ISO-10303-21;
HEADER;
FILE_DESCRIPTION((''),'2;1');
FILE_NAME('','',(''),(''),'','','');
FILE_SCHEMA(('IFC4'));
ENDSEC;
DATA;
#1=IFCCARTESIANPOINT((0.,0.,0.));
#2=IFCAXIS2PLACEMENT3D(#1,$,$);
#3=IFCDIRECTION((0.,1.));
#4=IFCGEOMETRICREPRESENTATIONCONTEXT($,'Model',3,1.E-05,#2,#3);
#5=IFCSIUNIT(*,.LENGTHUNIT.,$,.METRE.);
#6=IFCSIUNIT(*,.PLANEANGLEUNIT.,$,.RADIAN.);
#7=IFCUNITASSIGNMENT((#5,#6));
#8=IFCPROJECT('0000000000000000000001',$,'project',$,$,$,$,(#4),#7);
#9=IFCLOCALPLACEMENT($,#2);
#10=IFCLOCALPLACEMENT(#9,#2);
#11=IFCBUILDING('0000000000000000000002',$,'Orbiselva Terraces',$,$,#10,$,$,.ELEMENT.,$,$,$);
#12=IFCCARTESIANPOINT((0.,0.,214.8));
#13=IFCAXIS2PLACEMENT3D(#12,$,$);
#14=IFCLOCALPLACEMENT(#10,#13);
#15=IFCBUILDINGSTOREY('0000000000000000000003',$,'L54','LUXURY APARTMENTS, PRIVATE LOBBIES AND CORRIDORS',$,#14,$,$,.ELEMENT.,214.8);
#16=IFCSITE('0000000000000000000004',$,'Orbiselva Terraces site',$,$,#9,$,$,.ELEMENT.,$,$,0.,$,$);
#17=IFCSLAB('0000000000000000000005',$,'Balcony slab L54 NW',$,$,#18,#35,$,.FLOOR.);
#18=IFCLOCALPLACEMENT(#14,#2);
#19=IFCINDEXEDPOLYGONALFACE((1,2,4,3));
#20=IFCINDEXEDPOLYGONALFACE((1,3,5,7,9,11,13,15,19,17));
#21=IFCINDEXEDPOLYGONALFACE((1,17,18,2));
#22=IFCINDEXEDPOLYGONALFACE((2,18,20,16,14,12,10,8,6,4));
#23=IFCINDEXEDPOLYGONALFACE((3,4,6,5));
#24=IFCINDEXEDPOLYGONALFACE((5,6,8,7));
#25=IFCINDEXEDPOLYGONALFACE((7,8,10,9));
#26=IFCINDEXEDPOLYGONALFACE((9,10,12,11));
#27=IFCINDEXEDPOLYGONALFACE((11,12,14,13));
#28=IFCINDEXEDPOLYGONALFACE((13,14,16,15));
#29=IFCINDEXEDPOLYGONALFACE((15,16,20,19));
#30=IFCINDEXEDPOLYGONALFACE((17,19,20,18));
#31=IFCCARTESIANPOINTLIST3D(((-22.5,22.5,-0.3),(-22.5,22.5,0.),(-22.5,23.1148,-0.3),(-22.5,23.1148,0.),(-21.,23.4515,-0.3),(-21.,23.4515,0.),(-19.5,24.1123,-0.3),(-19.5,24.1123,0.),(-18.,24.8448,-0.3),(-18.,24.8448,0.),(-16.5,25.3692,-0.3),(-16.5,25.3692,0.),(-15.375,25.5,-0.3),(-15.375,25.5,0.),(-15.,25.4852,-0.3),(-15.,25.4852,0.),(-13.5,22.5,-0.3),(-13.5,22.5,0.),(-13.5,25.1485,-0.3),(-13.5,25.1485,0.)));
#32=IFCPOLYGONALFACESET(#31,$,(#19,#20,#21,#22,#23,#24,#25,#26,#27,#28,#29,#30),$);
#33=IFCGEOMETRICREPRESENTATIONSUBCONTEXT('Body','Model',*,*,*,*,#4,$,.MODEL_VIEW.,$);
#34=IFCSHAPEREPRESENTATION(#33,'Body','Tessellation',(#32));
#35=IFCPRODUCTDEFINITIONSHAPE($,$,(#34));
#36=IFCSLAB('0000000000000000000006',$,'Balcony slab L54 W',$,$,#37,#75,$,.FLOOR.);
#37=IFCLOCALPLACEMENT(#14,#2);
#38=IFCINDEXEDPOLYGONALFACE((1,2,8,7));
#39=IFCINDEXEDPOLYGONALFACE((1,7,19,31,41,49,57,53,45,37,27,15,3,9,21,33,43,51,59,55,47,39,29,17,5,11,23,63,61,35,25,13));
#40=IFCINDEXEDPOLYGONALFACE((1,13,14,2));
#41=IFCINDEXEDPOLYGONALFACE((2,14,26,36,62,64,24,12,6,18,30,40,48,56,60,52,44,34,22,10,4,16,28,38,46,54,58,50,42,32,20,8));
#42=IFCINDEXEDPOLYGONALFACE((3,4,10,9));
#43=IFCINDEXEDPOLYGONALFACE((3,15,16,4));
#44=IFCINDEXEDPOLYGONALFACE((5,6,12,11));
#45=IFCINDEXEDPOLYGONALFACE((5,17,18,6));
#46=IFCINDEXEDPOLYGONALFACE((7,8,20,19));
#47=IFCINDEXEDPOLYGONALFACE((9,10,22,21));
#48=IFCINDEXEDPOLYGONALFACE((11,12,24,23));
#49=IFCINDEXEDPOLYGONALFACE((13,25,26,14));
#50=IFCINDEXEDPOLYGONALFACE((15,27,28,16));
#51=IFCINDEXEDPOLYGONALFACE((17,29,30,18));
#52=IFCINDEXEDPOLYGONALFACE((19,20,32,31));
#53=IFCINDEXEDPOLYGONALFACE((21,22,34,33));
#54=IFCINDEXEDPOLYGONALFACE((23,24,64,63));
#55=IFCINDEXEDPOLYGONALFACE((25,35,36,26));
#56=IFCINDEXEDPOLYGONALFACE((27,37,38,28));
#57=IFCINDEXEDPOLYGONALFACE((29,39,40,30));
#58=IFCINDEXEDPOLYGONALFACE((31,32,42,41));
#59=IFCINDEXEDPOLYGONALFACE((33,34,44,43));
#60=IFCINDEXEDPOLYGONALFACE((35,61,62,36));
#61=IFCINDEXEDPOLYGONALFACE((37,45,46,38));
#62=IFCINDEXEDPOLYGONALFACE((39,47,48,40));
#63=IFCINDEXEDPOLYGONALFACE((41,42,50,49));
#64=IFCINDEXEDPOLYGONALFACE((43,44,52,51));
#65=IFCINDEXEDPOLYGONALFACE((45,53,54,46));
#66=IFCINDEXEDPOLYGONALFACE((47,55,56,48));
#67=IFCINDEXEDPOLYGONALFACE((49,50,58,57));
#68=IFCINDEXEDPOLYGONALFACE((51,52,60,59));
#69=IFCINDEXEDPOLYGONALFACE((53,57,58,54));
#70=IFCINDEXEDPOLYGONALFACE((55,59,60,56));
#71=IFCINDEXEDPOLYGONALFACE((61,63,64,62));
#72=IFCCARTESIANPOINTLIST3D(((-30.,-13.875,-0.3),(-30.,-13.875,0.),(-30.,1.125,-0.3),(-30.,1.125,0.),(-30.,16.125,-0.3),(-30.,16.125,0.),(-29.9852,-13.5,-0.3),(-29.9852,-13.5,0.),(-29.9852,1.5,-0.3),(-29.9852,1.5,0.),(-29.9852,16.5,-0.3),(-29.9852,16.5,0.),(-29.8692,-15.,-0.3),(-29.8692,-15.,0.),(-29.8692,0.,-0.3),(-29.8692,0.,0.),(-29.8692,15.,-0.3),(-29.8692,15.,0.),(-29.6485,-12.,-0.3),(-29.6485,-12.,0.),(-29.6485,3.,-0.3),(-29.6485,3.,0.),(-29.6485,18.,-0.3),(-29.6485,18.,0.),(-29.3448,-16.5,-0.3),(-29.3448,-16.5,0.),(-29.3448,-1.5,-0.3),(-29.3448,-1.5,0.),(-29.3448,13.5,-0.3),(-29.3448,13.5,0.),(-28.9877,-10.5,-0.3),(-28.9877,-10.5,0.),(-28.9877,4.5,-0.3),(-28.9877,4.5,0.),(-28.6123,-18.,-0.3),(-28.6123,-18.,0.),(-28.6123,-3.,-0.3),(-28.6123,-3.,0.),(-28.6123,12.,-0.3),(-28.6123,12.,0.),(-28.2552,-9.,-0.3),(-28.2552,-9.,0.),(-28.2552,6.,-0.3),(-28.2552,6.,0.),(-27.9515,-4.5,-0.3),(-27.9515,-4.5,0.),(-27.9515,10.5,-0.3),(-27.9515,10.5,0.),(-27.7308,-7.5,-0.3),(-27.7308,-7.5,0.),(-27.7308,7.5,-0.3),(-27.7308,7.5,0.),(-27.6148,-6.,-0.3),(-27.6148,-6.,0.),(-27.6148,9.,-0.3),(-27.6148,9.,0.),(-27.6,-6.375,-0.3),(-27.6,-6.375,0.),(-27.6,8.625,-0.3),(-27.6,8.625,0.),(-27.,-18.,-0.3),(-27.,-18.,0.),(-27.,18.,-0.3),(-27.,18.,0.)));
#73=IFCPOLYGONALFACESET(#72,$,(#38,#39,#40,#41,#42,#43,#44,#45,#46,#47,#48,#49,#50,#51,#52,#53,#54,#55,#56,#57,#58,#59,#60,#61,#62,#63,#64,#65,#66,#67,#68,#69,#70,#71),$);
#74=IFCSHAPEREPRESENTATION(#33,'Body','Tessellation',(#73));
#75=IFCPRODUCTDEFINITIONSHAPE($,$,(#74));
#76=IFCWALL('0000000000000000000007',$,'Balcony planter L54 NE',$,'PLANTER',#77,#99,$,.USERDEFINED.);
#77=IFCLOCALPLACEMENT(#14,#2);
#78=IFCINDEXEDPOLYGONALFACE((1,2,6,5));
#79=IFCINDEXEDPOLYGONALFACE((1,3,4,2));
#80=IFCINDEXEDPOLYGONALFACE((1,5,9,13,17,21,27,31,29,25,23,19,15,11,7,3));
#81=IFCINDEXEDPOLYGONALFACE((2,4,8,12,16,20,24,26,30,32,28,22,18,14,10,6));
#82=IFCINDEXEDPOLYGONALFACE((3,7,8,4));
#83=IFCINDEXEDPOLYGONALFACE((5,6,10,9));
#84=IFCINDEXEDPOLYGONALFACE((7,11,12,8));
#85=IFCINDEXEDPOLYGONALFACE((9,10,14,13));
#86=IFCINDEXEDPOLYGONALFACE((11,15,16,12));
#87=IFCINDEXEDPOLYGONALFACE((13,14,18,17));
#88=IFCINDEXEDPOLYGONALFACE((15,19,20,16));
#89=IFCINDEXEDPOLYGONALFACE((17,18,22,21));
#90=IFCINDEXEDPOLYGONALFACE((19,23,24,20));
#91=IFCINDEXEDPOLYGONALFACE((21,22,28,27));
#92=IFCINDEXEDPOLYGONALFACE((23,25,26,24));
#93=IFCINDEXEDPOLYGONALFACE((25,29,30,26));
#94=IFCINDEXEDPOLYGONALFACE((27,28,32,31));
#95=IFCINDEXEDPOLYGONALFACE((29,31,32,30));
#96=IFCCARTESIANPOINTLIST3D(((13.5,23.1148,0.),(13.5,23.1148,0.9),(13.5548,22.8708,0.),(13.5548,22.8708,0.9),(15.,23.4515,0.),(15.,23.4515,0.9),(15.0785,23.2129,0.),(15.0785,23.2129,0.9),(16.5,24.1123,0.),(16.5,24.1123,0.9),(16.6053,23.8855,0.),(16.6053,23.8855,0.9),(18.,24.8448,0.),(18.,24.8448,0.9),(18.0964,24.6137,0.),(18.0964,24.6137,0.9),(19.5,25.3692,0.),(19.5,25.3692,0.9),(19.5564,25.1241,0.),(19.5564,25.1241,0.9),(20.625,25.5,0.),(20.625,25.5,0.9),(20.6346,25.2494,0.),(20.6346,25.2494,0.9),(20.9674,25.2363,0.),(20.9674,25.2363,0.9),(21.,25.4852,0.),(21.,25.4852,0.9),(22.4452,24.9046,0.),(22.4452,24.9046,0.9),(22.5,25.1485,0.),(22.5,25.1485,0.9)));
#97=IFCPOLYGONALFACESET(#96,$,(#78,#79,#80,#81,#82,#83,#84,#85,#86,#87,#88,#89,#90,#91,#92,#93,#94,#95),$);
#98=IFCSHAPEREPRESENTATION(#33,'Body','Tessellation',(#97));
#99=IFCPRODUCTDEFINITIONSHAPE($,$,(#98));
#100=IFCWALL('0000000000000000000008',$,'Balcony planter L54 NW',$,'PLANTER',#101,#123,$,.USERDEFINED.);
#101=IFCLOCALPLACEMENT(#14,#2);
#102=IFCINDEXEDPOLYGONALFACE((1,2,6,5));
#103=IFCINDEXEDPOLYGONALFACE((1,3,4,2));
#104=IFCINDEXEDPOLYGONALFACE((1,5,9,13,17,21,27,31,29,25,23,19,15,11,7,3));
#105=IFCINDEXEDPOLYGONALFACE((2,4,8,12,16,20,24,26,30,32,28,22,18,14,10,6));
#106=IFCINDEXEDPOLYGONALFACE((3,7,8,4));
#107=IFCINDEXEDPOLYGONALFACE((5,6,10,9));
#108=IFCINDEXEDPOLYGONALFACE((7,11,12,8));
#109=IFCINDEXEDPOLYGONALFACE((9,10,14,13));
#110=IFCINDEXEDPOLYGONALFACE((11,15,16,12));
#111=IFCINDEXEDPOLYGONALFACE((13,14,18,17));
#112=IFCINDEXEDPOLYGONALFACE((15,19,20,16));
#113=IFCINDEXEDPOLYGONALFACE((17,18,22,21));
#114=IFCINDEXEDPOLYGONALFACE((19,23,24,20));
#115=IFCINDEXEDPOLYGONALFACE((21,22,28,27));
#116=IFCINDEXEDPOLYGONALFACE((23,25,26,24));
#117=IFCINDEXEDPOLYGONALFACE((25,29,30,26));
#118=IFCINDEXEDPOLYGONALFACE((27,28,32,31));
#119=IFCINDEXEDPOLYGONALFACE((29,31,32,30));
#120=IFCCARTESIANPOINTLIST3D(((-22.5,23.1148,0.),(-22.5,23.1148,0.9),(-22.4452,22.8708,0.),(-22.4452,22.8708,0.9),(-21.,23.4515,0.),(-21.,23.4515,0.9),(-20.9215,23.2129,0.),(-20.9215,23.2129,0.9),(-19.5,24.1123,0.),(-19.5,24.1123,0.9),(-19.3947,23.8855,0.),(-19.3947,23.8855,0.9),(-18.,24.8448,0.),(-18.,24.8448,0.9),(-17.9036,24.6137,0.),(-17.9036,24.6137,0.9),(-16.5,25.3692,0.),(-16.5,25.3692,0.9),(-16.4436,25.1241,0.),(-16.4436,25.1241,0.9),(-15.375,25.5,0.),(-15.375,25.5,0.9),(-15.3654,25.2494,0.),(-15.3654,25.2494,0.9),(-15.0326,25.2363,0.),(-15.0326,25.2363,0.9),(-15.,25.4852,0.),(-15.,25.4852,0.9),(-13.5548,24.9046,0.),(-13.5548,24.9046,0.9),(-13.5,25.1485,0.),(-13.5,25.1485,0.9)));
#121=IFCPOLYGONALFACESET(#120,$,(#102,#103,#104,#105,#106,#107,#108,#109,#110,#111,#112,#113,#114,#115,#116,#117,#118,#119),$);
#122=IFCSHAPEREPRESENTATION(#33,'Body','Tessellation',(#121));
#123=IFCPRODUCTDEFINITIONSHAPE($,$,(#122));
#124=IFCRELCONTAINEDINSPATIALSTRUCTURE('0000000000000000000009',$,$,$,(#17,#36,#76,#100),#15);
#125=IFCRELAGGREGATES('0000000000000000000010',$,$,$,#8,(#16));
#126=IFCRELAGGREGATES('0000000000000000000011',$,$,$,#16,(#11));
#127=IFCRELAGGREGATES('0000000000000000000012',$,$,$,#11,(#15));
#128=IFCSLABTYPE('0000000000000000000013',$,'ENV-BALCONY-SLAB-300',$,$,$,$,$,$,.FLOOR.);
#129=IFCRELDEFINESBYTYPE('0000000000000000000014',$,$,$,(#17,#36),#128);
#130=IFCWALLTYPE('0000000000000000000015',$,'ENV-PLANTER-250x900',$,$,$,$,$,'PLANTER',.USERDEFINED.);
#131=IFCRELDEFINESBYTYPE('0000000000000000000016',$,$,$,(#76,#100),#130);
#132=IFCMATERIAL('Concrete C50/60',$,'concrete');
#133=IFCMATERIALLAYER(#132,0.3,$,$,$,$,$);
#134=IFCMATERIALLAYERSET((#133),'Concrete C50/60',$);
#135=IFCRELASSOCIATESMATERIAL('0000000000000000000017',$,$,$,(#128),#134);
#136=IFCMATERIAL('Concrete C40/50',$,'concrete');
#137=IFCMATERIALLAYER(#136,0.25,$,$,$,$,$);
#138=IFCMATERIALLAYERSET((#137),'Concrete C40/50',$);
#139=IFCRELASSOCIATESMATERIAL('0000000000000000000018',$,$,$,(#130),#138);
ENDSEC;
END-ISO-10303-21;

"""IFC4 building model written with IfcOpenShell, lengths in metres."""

from ifc_helpers import new_model, si_unit, direction, frame, origin, place, context, subcontext, project, spatial, polyline, outline, extrude, material, layer, layer_set, type_object, element, save


model = new_model("IFC4")

# Units and contexts
model_context = context("Model", 3, precision=1e-05, world=origin(), true_north=direction((0.0, 1.0)))
body_context = subcontext(model_context, "Body", "Model", "MODEL_VIEW")
ifc_project = project(units=[si_unit("LENGTHUNIT", "METRE"), si_unit("PLANEANGLEUNIT", "RADIAN")], contexts=[model_context])

# Site, building, storey
site_placement = place(None, origin())
site = spatial("IfcSite", under=ifc_project, at=site_placement, Name="Orbiselva Terraces site", CompositionType="ELEMENT", RefElevation=0.0)
building_placement = place(site_placement, origin())
building = spatial("IfcBuilding", under=site, at=building_placement, Name="Orbiselva Terraces", CompositionType="ELEMENT")
storey_placement = place(building_placement, frame((0.0, 0.0, 214.8)))
storey = spatial("IfcBuildingStorey", under=building, at=storey_placement, Name="L54", Description="LUXURY APARTMENTS, PRIVATE LOBBIES AND CORRIDORS", CompositionType="ELEMENT", Elevation=214.8)

# Shared definitions
ifc_material_1 = material(Name="Concrete C40/50", Category="concrete")

# Slabs
ifc_material_2 = material(Name="Concrete C50/60", Category="concrete")
ifc_layer_1 = layer(ifc_material_2, 0.3)
ifc_layer_set_1 = layer_set([ifc_layer_1], Name="Concrete C50/60")
slab_type_1 = type_object("IfcSlabType", Name="ENV-BALCONY-SLAB-300", PredefinedType="FLOOR", material=ifc_layer_set_1)
slab_1_placement = place(storey_placement, frame((0.0, 0.0, -0.3)))
element("IfcSlab", 1, at=slab_1_placement, inside=storey, type_object=slab_type_1, Name="Balcony slab L54 NW", PredefinedType="FLOOR", context=body_context, shape_type="SweptSolid", body=[
    extrude(outline(polyline([(-13.5, 25.1485), (-15.0, 25.4852), (-15.375, 25.5), (-16.5, 25.3692), (-18.0, 24.8448), (-19.5, 24.1123), (-21.0, 23.4515), (-22.5, 23.1148), (-22.5, 22.5), (-13.5, 22.5), (-13.5, 25.1485)])), origin(), (0.0, 0.0, 1.0), 0.3),
])
slab_2_placement = place(storey_placement, frame((0.0, 0.0, -0.3)))
element("IfcSlab", 2, at=slab_2_placement, inside=storey, type_object=slab_type_1, Name="Balcony slab L54 W", PredefinedType="FLOOR", context=body_context, shape_type="SweptSolid", body=[
    extrude(outline(polyline([(-29.6485, 18.0), (-29.9852, 16.5), (-30.0, 16.125), (-29.8692, 15.0), (-29.3448, 13.5), (-28.6123, 12.0), (-27.9515, 10.5), (-27.6148, 9.0), (-27.6, 8.625), (-27.7308, 7.5), (-28.2552, 6.0), (-28.9877, 4.5), (-29.6485, 3.0), (-29.9852, 1.5), (-30.0, 1.125), (-29.8692, 0.0), (-29.3448, -1.5), (-28.6123, -3.0), (-27.9515, -4.5), (-27.6148, -6.0), (-27.6, -6.375), (-27.7308, -7.5), (-28.2552, -9.0), (-28.9877, -10.5), (-29.6485, -12.0), (-29.9852, -13.5), (-30.0, -13.875), (-29.8692, -15.0), (-29.3448, -16.5), (-28.6123, -18.0), (-27.0, -18.0), (-27.0, 18.0), (-29.6485, 18.0)])), origin(), (0.0, 0.0, 1.0), 0.3),
])

# Walls
ifc_layer_2 = layer(ifc_material_1, 0.25)
ifc_layer_set_2 = layer_set([ifc_layer_2], Name="Concrete C40/50")
wall_type_1 = type_object("IfcWallType", Name="ENV-PLANTER-250x900", ElementType="PLANTER", PredefinedType="USERDEFINED", material=ifc_layer_set_2)
wall_1_placement = place(storey_placement, origin())
element("IfcWall", 3, at=wall_1_placement, inside=storey, type_object=wall_type_1, Name="Balcony planter L54 NE", ObjectType="PLANTER", PredefinedType="USERDEFINED", context=body_context, shape_type="SweptSolid", body=[
    extrude(outline(polyline([(22.5, 25.1485), (21.0, 25.4852), (20.625, 25.5), (19.5, 25.3692), (18.0, 24.8448), (16.5, 24.1123), (15.0, 23.4515), (13.5, 23.1148), (13.5548, 22.8708), (15.0785, 23.2129), (16.6053, 23.8855), (18.0964, 24.6137), (19.5564, 25.1241), (20.6346, 25.2494), (20.9674, 25.2363), (22.4452, 24.9046), (22.5, 25.1485)])), origin(), (0.0, 0.0, 1.0), 0.9),
])
wall_2_placement = place(storey_placement, origin())
element("IfcWall", 4, at=wall_2_placement, inside=storey, type_object=wall_type_1, Name="Balcony planter L54 NW", ObjectType="PLANTER", PredefinedType="USERDEFINED", context=body_context, shape_type="SweptSolid", body=[
    extrude(outline(polyline([(-13.5, 25.1485), (-15.0, 25.4852), (-15.375, 25.5), (-16.5, 25.3692), (-18.0, 24.8448), (-19.5, 24.1123), (-21.0, 23.4515), (-22.5, 23.1148), (-22.4452, 22.8708), (-20.9215, 23.2129), (-19.3947, 23.8855), (-17.9036, 24.6137), (-16.4436, 25.1241), (-15.3654, 25.2494), (-15.0326, 25.2363), (-13.5548, 24.9046), (-13.5, 25.1485)])), origin(), (0.0, 0.0, 1.0), 0.9),
])

save(model, "model.ifc")
